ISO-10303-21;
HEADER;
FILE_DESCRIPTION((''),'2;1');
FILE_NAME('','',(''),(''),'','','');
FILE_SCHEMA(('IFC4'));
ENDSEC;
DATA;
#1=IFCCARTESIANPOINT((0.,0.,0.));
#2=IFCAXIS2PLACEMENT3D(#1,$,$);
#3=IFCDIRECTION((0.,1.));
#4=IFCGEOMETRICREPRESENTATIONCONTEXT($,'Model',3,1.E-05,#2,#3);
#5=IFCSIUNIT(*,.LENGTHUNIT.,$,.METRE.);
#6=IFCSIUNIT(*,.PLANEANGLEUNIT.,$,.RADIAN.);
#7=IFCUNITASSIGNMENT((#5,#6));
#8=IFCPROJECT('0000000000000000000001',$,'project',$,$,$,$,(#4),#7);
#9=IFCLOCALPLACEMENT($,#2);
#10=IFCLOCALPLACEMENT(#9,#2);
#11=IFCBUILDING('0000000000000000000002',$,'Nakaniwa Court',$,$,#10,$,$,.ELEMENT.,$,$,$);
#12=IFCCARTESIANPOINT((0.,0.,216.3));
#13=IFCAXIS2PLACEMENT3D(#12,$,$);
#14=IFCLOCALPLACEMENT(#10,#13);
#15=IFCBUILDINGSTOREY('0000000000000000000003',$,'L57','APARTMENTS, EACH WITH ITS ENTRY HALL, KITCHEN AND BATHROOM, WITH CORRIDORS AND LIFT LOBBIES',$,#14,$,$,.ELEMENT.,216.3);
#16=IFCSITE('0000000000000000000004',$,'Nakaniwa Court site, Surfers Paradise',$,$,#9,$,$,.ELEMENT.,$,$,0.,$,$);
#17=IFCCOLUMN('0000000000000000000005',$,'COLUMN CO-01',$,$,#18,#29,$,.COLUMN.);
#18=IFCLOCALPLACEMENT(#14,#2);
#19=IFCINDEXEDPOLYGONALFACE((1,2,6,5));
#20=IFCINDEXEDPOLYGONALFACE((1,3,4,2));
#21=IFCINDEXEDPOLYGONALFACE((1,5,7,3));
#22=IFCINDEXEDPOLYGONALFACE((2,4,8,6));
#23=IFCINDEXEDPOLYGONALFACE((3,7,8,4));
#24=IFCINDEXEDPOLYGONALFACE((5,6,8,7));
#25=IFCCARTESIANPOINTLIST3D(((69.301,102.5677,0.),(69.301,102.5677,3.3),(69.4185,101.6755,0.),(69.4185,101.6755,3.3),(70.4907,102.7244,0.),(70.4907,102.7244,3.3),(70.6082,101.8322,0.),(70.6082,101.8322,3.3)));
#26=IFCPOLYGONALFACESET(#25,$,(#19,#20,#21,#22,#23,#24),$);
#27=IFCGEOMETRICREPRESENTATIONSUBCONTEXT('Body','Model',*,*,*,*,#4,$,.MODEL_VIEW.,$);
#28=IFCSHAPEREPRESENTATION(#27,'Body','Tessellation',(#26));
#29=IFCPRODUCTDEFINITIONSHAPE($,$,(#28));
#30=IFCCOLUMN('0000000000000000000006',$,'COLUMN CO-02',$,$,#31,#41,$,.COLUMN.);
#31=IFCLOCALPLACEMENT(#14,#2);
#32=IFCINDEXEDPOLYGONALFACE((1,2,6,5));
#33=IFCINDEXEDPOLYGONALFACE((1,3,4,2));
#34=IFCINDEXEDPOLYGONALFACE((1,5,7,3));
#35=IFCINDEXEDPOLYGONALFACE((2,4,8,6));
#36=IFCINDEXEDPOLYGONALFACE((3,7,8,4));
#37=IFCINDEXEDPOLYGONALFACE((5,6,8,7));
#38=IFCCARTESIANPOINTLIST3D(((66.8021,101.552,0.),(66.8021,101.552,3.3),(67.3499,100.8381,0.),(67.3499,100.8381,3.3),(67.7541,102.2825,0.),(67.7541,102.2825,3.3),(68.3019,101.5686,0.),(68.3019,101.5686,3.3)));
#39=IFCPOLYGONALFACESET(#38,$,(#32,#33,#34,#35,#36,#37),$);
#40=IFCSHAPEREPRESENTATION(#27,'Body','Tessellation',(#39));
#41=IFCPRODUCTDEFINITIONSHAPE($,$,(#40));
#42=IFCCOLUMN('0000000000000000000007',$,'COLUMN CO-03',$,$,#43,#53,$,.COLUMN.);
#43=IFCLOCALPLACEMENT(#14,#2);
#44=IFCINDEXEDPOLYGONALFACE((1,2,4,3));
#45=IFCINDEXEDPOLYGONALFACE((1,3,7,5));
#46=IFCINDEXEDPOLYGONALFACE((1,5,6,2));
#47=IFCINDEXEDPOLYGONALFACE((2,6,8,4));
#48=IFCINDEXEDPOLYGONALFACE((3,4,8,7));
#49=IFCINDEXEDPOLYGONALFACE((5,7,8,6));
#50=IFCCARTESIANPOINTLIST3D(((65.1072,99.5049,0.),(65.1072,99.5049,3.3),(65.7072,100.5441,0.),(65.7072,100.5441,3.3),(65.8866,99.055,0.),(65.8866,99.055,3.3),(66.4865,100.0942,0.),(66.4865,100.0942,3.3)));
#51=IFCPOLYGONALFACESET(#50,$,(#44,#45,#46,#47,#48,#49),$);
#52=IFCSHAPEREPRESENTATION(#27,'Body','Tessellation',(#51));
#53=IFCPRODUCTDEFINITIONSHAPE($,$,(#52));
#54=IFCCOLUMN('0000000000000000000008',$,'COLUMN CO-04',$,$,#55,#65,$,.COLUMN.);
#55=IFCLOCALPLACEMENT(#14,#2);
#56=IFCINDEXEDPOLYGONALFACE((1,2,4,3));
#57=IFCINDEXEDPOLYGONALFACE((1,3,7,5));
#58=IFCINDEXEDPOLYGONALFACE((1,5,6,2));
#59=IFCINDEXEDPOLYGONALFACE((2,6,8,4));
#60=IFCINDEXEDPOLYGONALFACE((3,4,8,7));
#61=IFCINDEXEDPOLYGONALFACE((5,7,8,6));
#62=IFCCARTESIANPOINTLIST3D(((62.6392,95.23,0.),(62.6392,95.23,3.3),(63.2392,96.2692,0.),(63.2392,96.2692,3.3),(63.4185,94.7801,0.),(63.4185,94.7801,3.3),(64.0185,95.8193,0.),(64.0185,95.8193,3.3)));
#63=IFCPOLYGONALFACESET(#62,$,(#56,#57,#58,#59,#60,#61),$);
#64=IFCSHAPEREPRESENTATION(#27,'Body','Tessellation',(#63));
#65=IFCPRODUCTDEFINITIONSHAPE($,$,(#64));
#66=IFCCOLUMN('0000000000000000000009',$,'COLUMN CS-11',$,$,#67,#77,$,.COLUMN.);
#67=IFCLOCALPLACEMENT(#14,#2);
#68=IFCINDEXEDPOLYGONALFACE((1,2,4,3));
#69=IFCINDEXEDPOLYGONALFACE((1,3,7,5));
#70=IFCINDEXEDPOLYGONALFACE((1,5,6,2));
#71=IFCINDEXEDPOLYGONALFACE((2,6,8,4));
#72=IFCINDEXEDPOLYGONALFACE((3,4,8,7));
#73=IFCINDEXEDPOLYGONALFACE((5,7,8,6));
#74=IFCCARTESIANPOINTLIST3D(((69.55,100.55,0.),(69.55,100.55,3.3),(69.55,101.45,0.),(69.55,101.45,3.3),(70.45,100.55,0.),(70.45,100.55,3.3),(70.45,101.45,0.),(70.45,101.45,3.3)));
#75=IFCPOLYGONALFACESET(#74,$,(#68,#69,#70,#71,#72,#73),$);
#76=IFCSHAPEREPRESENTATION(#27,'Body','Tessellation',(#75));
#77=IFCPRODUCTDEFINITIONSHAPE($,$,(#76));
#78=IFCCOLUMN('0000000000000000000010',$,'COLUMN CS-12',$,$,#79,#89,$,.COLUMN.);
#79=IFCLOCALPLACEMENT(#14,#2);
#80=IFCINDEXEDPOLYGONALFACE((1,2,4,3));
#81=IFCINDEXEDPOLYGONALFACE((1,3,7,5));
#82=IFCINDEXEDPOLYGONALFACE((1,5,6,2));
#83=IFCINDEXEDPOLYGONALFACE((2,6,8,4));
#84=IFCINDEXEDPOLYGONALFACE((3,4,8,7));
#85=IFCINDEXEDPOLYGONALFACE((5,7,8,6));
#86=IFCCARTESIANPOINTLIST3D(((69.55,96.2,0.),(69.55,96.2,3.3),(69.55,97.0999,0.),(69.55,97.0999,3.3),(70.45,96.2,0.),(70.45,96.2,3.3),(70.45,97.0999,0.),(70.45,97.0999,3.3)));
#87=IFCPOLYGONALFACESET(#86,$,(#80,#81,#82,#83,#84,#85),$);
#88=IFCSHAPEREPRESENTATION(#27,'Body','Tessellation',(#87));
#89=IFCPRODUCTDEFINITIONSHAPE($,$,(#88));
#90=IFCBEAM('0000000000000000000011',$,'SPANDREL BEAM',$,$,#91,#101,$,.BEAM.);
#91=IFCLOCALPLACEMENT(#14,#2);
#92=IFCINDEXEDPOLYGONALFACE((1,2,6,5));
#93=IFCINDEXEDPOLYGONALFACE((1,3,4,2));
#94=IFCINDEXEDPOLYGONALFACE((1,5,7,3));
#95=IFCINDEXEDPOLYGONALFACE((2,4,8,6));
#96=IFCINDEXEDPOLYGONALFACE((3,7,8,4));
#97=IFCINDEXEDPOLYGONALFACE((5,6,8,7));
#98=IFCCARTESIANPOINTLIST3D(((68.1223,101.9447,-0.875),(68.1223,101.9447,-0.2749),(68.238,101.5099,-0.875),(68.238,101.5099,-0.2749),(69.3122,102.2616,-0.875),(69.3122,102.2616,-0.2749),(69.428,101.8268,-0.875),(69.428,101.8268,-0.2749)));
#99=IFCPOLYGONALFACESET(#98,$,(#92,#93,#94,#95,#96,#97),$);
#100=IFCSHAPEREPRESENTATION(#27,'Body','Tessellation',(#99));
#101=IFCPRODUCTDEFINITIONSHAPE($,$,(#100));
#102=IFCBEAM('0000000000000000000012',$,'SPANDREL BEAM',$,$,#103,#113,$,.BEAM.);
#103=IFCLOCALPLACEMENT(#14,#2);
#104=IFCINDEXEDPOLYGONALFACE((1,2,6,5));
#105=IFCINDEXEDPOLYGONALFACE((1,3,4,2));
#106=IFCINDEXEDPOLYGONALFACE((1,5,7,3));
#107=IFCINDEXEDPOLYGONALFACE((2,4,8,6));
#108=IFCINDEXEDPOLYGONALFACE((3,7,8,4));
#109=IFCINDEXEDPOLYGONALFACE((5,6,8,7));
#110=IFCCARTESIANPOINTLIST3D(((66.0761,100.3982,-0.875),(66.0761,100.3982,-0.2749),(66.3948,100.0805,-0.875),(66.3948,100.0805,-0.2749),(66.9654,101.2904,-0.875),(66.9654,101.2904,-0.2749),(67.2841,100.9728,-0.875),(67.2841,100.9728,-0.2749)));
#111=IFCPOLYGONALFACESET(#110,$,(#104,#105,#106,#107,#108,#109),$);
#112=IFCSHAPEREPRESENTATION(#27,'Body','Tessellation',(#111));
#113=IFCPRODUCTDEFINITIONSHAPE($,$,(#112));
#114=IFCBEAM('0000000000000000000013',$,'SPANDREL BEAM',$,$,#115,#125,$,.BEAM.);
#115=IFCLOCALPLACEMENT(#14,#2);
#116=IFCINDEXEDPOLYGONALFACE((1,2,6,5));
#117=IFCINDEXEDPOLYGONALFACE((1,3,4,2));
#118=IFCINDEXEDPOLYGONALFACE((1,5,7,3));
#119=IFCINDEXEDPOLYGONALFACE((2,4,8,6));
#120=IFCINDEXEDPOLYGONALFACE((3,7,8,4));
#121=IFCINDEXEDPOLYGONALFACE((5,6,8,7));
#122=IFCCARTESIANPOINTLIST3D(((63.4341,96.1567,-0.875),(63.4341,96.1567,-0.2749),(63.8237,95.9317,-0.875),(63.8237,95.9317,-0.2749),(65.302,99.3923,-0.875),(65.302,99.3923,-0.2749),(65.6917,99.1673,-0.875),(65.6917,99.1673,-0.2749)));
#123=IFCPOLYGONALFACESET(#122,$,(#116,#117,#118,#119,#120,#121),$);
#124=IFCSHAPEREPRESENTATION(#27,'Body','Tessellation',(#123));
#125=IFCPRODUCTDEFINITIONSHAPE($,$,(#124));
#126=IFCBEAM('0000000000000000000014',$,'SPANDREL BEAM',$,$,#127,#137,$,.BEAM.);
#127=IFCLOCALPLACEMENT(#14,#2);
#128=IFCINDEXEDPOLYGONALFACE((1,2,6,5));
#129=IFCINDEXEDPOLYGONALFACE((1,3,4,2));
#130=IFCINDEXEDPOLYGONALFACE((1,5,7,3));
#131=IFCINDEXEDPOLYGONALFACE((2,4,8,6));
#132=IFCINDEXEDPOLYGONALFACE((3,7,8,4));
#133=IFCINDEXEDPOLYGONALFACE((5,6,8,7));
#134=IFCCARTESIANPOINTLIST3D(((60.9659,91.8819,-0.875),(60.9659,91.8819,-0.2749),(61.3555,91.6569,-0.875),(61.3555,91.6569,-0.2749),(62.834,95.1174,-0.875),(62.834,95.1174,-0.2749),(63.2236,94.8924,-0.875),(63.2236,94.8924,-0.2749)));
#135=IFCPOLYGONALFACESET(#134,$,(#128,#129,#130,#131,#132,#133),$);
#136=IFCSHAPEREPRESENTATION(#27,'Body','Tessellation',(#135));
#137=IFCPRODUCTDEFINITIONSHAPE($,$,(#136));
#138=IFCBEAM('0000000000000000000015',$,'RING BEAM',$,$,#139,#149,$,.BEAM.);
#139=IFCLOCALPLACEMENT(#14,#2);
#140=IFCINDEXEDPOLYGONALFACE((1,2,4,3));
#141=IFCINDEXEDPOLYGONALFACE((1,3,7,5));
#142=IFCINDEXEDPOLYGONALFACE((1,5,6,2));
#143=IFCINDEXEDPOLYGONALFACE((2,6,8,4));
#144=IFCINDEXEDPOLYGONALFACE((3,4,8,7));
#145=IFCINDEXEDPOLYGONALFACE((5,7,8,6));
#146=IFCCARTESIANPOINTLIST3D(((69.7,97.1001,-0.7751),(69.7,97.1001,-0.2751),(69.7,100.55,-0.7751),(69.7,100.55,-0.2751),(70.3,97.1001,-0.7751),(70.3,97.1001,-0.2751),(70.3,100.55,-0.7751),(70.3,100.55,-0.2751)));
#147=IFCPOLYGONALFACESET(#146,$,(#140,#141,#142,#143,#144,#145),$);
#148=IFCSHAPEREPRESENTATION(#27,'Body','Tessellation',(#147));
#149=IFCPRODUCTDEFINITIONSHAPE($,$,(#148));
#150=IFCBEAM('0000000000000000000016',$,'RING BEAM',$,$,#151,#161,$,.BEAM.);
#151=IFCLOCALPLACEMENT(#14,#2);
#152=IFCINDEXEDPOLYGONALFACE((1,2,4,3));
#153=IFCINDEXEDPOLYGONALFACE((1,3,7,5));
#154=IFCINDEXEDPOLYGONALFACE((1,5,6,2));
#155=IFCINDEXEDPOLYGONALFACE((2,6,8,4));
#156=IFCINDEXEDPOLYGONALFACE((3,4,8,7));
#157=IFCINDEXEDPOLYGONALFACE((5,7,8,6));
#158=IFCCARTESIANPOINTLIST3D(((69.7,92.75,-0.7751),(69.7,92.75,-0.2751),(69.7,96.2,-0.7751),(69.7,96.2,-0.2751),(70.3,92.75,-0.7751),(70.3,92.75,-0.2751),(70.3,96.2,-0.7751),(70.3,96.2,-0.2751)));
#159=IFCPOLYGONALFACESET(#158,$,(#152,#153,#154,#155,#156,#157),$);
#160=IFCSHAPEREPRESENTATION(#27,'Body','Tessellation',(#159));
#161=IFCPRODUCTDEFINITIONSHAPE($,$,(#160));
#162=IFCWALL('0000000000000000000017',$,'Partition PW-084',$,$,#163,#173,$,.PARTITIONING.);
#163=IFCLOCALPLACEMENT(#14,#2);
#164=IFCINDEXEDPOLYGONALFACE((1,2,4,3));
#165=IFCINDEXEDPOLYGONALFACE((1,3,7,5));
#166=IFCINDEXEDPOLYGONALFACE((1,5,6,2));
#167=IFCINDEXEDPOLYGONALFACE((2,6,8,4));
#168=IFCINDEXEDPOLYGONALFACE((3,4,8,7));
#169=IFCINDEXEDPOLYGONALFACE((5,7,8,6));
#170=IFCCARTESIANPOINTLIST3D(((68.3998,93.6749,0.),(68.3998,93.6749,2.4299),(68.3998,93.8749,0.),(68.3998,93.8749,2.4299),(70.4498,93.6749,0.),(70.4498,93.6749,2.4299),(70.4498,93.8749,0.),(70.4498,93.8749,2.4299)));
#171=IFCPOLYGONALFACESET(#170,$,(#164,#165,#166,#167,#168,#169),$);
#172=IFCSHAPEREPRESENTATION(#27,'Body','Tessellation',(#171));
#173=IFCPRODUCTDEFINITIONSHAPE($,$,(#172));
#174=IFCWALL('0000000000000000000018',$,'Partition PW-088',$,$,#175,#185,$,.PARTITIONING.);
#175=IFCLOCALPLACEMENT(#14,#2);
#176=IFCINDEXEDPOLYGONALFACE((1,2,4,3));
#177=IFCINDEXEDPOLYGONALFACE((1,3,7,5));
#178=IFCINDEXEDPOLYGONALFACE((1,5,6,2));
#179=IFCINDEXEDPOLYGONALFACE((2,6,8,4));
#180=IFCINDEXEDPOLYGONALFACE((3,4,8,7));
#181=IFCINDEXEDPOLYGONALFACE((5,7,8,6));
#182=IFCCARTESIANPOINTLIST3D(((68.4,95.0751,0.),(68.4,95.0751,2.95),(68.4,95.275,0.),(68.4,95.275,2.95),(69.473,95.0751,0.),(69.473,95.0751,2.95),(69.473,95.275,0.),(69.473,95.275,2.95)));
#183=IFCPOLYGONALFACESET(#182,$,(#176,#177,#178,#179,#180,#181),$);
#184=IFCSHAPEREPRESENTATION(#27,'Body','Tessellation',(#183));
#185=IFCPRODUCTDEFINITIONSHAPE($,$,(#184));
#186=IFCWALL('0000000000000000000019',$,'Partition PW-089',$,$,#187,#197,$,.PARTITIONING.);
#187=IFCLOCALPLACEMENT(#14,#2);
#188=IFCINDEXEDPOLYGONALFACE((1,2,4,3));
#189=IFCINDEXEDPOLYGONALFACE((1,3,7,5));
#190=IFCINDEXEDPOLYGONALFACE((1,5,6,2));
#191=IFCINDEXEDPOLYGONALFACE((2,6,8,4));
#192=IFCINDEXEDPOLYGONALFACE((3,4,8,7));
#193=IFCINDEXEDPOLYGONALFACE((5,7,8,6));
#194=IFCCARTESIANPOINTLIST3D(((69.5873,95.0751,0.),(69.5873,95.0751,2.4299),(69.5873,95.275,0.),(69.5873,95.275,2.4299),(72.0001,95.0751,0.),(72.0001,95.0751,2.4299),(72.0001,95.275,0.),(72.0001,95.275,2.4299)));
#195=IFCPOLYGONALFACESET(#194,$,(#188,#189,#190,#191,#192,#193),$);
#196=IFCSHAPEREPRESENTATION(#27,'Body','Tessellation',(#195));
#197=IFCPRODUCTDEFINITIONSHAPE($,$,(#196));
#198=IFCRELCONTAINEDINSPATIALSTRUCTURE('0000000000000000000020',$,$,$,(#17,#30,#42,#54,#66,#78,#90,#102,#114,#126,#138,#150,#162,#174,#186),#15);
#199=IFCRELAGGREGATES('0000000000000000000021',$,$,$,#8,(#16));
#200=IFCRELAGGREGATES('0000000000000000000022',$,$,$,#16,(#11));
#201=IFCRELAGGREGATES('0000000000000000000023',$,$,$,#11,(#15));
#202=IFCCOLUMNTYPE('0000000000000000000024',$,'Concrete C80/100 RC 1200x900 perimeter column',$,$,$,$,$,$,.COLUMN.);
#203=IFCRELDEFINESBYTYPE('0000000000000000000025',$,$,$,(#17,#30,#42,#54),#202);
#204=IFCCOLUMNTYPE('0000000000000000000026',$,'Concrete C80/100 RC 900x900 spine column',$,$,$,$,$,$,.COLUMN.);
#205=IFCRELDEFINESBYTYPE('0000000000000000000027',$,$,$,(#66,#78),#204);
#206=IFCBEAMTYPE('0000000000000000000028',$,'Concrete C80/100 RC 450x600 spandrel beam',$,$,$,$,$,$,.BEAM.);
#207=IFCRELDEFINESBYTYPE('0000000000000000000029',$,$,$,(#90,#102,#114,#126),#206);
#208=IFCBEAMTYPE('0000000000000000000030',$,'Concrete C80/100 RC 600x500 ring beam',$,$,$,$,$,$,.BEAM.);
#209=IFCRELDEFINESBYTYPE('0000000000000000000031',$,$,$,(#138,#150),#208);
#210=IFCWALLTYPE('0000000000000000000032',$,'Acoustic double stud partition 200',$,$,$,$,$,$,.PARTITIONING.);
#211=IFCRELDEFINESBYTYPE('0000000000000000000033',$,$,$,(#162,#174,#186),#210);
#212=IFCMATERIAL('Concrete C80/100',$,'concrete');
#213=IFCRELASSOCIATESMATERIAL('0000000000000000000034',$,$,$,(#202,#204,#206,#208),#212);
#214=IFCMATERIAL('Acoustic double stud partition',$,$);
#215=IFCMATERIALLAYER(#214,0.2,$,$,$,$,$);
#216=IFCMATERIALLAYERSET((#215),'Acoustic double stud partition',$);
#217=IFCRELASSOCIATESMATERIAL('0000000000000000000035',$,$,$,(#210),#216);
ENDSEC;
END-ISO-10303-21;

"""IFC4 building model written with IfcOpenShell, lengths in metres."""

from ifc_helpers import new_model, si_unit, direction, frame, frame_2d, origin, origin_2d, place, context, subcontext, project, spatial, rectangle, extrude, material, layer, layer_set, material_profile, profile_set, type_object, element, save


model = new_model("IFC4")

# Units and contexts
model_context = context("Model", 3, precision=1e-05, world=origin(), true_north=direction((0.0, 1.0)))
body_context = subcontext(model_context, "Body", "Model", "MODEL_VIEW")
ifc_project = project(units=[si_unit("LENGTHUNIT", "METRE"), si_unit("PLANEANGLEUNIT", "RADIAN")], contexts=[model_context])

# Site, building, storey
site_placement = place(None, origin())
site = spatial("IfcSite", under=ifc_project, at=site_placement, Name="Nakaniwa Court site, Surfers Paradise", CompositionType="ELEMENT", RefElevation=0.0)
building_placement = place(site_placement, origin())
building = spatial("IfcBuilding", under=site, at=building_placement, Name="Nakaniwa Court", CompositionType="ELEMENT")
storey_placement = place(building_placement, frame((0.0, 0.0, 216.3)))
storey = spatial("IfcBuildingStorey", under=building, at=storey_placement, Name="L57", Description="APARTMENTS, EACH WITH ITS ENTRY HALL, KITCHEN AND BATHROOM, WITH CORRIDORS AND LIFT LOBBIES", CompositionType="ELEMENT", Elevation=216.3)

# Columns
ifc_material_1 = material(Name="Concrete C80/100", Category="concrete")
ifc_material_profile_1 = material_profile(ifc_material_1, rectangle(XDim=1.2, YDim=0.8999, at=origin_2d()), Name="Concrete C80/100 RC 1200x900 perimeter column")
ifc_profile_set_1 = profile_set([ifc_material_profile_1], Name="Concrete C80/100")
column_type_1 = type_object("IfcColumnType", Name="Concrete C80/100 RC 1200x900 perimeter column", PredefinedType="COLUMN", material=ifc_profile_set_1)
for number, where, z_axis, x_axis, name in (
    (1, (69.9546, 102.2, 0.0), (0.0, 0.0, 1.0), (-0.991443, -0.130543, 0.0), "COLUMN CO-01"),
    (2, (67.552, 101.5603, 0.0), (0.0, 0.0, 1.0), (-0.793364, -0.608748, 0.0), "COLUMN CO-02"),
    (3, (65.7969, 99.7996, 0.0), (0.0, 0.0, 1.0), (-0.5, -0.866025, 0.0), "COLUMN CO-03"),
    (4, (63.3289, 95.5247, 0.0), (0.0, 0.0, 1.0), (-0.5, -0.866025, 0.0), "COLUMN CO-04"),
):
    element("IfcColumn", number, at=place(storey_placement, frame(where, z_axis=z_axis, x_axis=x_axis)), inside=storey, type_object=column_type_1, Name=name, PredefinedType="COLUMN", context=body_context, shape_type="SweptSolid", body=[
        extrude(rectangle(XDim=1.2, YDim=0.8999, at=origin_2d()), origin(), (0.0, 0.0, 1.0), 3.3),
    ])
ifc_material_profile_2 = material_profile(ifc_material_1, rectangle(XDim=0.8999, YDim=0.8999, at=origin_2d()), Name="Concrete C80/100 RC 900x900 spine column")
ifc_profile_set_2 = profile_set([ifc_material_profile_2], Name="Concrete C80/100")
column_type_2 = type_object("IfcColumnType", Name="Concrete C80/100 RC 900x900 spine column", PredefinedType="COLUMN", material=ifc_profile_set_2)
for number, where, z_axis, x_axis, name in (
    (5, (70.0, 101.0, 0.0), (0.0, 0.0, 1.0), (0.0, -1.0, 0.0), "COLUMN CS-11"),
    (6, (70.0, 96.6499, 0.0), (0.0, 0.0, 1.0), (0.0, -1.0, 0.0), "COLUMN CS-12"),
):
    element("IfcColumn", number, at=place(storey_placement, frame(where, z_axis=z_axis, x_axis=x_axis)), inside=storey, type_object=column_type_2, Name=name, PredefinedType="COLUMN", context=body_context, shape_type="SweptSolid", body=[
        extrude(rectangle(XDim=0.8999, YDim=0.8999, at=origin_2d()), origin(), (0.0, 0.0, 1.0), 3.3),
    ])

# Beams
ifc_material_profile_3 = material_profile(ifc_material_1, rectangle(XDim=0.45, YDim=0.6001, at=origin_2d()), Name="Concrete C80/100 RC 450x600 spandrel beam")
ifc_profile_set_3 = profile_set([ifc_material_profile_3], Name="Concrete C80/100")
beam_type_1 = type_object("IfcBeamType", Name="Concrete C80/100 RC 450x600 spandrel beam", PredefinedType="BEAM", material=ifc_profile_set_3)
beam_1_placement = place(storey_placement, frame((69.3701, 102.0442, -0.575), z_axis=(-0.96632, -0.257342, 0.0), x_axis=(0.257342, -0.96632, 0.0)))
element("IfcBeam", 7, at=beam_1_placement, inside=storey, type_object=beam_type_1, Name="SPANDREL BEAM", PredefinedType="BEAM", context=body_context, shape_type="SweptSolid", body=[
    extrude(rectangle(XDim=0.45, YDim=0.6001, at=origin_2d()), origin(), (0.0, 0.0, 1.0), 1.2314),
])
beam_2_placement = place(storey_placement, frame((67.1248, 101.1316, -0.575), z_axis=(-0.705943, -0.708269, 0.0), x_axis=(0.708269, -0.705943, 0.0)))
element("IfcBeam", 8, at=beam_2_placement, inside=storey, type_object=beam_type_1, Name="SPANDREL BEAM", PredefinedType="BEAM", context=body_context, shape_type="SweptSolid", body=[
    extrude(rectangle(XDim=0.45, YDim=0.6001, at=origin_2d()), origin(), (0.0, 0.0, 1.0), 1.2598),
])
for number, where, z_axis, x_axis, name in (
    (9, (65.4968, 99.2798, -0.575), (-0.499969, -0.866043, 0.0), (0.866043, -0.499969, 0.0), "SPANDREL BEAM"),
    (10, (63.0288, 95.0049, -0.575), (-0.500018, -0.866015, 0.0), (0.866015, -0.500018, 0.0), "SPANDREL BEAM"),
):
    element("IfcBeam", number, at=place(storey_placement, frame(where, z_axis=z_axis, x_axis=x_axis)), inside=storey, type_object=beam_type_1, Name=name, PredefinedType="BEAM", context=body_context, shape_type="SweptSolid", body=[
        extrude(rectangle(XDim=0.45, YDim=0.6001, at=origin_2d()), origin(), (0.0, 0.0, 1.0), 3.7361),
    ])
ifc_material_profile_4 = material_profile(ifc_material_1, rectangle(XDim=0.6001, YDim=0.5, at=origin_2d()), Name="Concrete C80/100 RC 600x500 ring beam")
ifc_profile_set_4 = profile_set([ifc_material_profile_4], Name="Concrete C80/100")
beam_type_2 = type_object("IfcBeamType", Name="Concrete C80/100 RC 600x500 ring beam", PredefinedType="BEAM", material=ifc_profile_set_4)
for number, where, z_axis, x_axis, name in (
    (11, (70.0, 100.55, -0.5251), (0.0, -1.0, 0.0), (1.0, 0.0, 0.0), "RING BEAM"),
    (12, (70.0, 96.2, -0.5251), (0.0, -1.0, 0.0), (1.0, 0.0, 0.0), "RING BEAM"),
):
    element("IfcBeam", number, at=place(storey_placement, frame(where, z_axis=z_axis, x_axis=x_axis)), inside=storey, type_object=beam_type_2, Name=name, PredefinedType="BEAM", context=body_context, shape_type="SweptSolid", body=[
        extrude(rectangle(XDim=0.6001, YDim=0.5, at=origin_2d()), origin(), (0.0, 0.0, 1.0), 3.45),
    ])

# Walls
ifc_material_2 = material(Name="Acoustic double stud partition")
ifc_layer_1 = layer(ifc_material_2, 0.2)
ifc_layer_set_1 = layer_set([ifc_layer_1], Name="Acoustic double stud partition")
wall_type_1 = type_object("IfcWallType", Name="Acoustic double stud partition 200", PredefinedType="PARTITIONING", material=ifc_layer_set_1)
wall_1_placement = place(storey_placement, frame((68.3999, 93.7749, 0.0), z_axis=(0.0, 0.0, 1.0), x_axis=(1.0, 0.0, 0.0)))
element("IfcWall", 13, at=wall_1_placement, inside=storey, type_object=wall_type_1, Name="Partition PW-084", PredefinedType="PARTITIONING", context=body_context, shape_type="SweptSolid", body=[
    extrude(rectangle(XDim=2.05, YDim=0.2, at=frame_2d((1.0249, 0.0))), origin(), (0.0, 0.0, 1.0), 2.4299),
])
wall_2_placement = place(storey_placement, frame((68.3999, 95.175, 0.0), z_axis=(0.0, 0.0, 1.0), x_axis=(1.0, 0.0, 0.0)))
element("IfcWall", 14, at=wall_2_placement, inside=storey, type_object=wall_type_1, Name="Partition PW-088", PredefinedType="PARTITIONING", context=body_context, shape_type="SweptSolid", body=[
    extrude(rectangle(XDim=1.073, YDim=0.2, at=frame_2d((0.5366, 0.0))), origin(), (0.0, 0.0, 1.0), 2.95),
])
wall_3_placement = place(storey_placement, frame((69.5872, 95.175, 0.0), z_axis=(0.0, 0.0, 1.0), x_axis=(1.0, 0.0, 0.0)))
element("IfcWall", 15, at=wall_3_placement, inside=storey, type_object=wall_type_1, Name="Partition PW-089", PredefinedType="PARTITIONING", context=body_context, shape_type="SweptSolid", body=[
    extrude(rectangle(XDim=2.4128, YDim=0.2, at=frame_2d((1.2065, 0.0))), origin(), (0.0, 0.0, 1.0), 2.4299),
])

save(model, "model.ifc")
